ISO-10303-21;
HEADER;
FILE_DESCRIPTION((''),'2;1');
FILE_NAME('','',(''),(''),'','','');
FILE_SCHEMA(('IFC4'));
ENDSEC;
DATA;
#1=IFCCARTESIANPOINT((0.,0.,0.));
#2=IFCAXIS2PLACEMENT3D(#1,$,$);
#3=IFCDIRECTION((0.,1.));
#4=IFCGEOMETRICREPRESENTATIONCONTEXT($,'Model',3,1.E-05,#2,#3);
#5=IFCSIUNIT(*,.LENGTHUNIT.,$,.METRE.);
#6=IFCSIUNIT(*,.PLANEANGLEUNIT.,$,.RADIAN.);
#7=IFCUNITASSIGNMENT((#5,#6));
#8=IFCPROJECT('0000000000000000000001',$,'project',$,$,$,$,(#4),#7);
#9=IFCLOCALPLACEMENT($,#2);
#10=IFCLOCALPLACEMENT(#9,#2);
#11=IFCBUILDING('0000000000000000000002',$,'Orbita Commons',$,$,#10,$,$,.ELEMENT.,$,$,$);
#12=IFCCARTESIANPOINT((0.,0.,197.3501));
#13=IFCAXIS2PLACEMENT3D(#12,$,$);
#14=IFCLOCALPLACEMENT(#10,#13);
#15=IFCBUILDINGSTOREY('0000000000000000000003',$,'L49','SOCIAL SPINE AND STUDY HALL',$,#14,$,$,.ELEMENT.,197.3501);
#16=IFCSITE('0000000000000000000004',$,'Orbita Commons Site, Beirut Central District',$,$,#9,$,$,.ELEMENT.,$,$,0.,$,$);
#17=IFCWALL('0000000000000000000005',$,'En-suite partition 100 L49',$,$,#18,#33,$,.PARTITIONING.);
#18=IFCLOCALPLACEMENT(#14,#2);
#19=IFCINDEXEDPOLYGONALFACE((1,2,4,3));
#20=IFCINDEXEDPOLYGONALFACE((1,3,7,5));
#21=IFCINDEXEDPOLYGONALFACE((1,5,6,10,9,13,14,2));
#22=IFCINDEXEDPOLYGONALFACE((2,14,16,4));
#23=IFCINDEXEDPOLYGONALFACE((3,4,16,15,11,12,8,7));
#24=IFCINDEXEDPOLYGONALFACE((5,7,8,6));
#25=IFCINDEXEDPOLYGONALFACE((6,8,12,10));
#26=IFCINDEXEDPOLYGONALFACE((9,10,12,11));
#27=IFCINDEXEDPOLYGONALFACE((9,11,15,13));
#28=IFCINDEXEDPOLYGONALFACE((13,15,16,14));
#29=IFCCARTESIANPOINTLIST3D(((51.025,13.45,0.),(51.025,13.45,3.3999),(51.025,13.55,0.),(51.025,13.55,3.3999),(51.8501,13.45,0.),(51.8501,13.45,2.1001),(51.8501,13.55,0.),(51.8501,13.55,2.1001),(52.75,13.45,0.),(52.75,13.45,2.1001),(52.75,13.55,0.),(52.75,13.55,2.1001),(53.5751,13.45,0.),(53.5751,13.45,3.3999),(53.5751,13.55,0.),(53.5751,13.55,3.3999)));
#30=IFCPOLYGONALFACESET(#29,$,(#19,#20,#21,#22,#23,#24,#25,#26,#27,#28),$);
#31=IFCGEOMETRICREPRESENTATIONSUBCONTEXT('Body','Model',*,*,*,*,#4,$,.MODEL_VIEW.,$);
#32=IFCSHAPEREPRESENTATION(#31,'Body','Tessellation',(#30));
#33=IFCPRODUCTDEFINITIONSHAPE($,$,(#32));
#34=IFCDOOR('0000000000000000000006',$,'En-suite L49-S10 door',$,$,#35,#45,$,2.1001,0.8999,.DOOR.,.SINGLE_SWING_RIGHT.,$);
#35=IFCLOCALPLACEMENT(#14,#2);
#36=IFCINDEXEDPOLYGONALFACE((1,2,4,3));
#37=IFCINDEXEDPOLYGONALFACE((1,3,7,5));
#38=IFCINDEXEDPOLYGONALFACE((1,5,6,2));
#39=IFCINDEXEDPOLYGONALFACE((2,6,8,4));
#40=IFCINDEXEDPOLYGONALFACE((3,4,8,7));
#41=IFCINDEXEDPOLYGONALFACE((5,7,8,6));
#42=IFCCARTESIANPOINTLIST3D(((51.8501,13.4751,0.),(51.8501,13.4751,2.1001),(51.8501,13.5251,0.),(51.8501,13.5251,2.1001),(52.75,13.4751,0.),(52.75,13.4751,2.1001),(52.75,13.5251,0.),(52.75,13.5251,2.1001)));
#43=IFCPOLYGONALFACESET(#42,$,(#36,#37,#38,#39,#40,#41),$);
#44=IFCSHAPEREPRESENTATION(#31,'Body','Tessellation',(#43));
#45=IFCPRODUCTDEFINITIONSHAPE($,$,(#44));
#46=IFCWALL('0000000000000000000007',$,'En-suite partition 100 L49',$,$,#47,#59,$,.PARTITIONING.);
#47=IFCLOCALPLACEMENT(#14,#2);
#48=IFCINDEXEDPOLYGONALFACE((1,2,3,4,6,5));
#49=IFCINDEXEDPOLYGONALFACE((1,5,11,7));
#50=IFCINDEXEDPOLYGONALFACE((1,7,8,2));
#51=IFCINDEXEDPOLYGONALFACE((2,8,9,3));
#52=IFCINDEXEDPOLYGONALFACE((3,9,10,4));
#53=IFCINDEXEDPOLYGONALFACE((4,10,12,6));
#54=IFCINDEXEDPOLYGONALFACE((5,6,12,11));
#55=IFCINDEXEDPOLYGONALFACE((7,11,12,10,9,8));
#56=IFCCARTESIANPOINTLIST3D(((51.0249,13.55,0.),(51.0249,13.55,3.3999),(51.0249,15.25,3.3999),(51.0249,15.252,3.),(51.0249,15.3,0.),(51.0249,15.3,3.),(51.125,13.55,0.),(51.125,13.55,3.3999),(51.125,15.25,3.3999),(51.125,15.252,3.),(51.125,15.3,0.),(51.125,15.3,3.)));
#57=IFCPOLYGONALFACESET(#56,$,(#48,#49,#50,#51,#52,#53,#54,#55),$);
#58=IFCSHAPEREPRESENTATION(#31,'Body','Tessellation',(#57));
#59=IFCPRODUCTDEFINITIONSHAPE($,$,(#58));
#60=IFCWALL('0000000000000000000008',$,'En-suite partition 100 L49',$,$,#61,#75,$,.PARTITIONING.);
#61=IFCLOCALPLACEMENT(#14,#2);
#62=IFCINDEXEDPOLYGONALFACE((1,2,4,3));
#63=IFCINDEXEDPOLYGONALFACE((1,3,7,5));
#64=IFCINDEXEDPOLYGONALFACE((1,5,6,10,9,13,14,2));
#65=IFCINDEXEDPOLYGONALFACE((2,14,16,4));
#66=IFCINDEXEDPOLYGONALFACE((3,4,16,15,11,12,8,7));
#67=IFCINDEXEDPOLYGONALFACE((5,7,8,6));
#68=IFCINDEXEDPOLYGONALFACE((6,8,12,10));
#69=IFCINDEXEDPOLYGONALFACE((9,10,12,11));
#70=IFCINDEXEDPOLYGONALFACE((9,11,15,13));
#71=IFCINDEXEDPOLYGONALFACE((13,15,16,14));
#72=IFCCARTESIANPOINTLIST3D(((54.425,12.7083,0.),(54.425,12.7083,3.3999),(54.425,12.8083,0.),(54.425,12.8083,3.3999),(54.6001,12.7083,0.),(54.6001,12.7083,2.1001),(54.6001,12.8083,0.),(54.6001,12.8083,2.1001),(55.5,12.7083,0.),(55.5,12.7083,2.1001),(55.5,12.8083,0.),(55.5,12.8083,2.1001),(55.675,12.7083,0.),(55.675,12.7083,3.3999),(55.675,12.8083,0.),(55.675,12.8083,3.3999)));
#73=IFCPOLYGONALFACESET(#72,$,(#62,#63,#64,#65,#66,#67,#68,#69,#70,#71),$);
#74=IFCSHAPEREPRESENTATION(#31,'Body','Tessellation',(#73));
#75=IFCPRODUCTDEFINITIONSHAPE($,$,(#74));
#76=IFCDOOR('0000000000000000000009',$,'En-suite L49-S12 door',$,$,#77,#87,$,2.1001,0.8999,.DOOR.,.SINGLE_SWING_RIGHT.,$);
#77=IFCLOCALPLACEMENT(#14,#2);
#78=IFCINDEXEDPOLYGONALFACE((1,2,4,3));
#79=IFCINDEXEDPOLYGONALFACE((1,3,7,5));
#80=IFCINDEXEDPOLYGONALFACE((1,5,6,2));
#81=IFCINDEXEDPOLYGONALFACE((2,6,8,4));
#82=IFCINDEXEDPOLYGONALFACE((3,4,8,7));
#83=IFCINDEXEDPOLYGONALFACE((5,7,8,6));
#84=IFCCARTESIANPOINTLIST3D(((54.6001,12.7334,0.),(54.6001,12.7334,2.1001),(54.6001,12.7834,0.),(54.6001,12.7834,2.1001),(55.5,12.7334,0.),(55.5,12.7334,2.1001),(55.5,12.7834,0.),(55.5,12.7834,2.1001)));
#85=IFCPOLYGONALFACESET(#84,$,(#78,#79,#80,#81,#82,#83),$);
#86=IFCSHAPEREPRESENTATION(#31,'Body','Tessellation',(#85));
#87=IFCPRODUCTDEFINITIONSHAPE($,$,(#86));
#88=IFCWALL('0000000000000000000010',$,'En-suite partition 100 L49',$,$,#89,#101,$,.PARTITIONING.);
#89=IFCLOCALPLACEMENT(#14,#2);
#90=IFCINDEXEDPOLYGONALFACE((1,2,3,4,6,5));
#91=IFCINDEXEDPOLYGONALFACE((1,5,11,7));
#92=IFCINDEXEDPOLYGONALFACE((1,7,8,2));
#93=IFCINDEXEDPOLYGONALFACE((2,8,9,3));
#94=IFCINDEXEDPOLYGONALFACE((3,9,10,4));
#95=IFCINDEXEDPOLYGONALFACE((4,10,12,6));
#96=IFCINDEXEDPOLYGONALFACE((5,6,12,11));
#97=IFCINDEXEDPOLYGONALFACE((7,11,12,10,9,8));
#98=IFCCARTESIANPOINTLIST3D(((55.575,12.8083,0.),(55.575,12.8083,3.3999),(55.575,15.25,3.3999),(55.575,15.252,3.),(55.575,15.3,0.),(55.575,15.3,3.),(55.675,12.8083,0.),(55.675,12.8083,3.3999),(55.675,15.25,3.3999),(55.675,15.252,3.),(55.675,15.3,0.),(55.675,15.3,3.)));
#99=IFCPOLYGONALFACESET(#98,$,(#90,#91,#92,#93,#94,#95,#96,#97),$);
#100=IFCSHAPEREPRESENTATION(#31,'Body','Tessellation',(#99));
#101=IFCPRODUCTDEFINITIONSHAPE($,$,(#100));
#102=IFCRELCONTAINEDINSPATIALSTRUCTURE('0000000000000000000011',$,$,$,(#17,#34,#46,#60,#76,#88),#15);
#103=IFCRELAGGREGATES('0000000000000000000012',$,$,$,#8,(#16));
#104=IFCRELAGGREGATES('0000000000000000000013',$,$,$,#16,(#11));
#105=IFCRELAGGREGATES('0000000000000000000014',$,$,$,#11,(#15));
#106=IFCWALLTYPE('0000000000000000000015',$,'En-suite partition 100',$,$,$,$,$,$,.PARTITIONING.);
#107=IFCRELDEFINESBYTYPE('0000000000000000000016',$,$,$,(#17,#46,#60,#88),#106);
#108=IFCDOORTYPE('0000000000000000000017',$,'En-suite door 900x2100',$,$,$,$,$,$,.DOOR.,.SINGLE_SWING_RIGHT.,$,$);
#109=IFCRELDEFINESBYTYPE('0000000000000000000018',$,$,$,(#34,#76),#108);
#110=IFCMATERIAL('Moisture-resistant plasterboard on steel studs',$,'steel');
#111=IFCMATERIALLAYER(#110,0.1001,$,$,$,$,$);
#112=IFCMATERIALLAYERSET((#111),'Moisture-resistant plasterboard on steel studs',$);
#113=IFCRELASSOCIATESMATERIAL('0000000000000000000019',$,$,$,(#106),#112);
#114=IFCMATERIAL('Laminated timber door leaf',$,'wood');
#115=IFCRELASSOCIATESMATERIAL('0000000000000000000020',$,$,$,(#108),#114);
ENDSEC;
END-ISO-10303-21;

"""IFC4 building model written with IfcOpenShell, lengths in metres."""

from ifc_helpers import new_model, si_unit, direction, frame, frame_2d, origin, place, context, subcontext, project, spatial, polyline, rectangle, outline, extrude, material, layer, layer_set, type_object, element, fill, save


model = new_model("IFC4")

# Units and contexts
model_context = context("Model", 3, precision=1e-05, world=origin(), true_north=direction((0.0, 1.0)))
body_context = subcontext(model_context, "Body", "Model", "MODEL_VIEW")
ifc_project = project(units=[si_unit("LENGTHUNIT", "METRE"), si_unit("PLANEANGLEUNIT", "RADIAN")], contexts=[model_context])

# Site, building, storey
site_placement = place(None, origin())
site = spatial("IfcSite", under=ifc_project, at=site_placement, Name="Orbita Commons Site, Beirut Central District", CompositionType="ELEMENT", RefElevation=0.0)
building_placement = place(site_placement, origin())
building = spatial("IfcBuilding", under=site, at=building_placement, Name="Orbita Commons", CompositionType="ELEMENT")
storey_placement = place(building_placement, frame((0.0, 0.0, 197.3501)))
storey = spatial("IfcBuildingStorey", under=building, at=storey_placement, Name="L49", Description="SOCIAL SPINE AND STUDY HALL", CompositionType="ELEMENT", Elevation=197.3501)

# Wall, opening, door
ifc_material_1 = material(Name="Moisture-resistant plasterboard on steel studs", Category="steel")
ifc_layer_1 = layer(ifc_material_1, 0.1001)
ifc_layer_set_1 = layer_set([ifc_layer_1], Name="Moisture-resistant plasterboard on steel studs")
wall_type_1 = type_object("IfcWallType", Name="En-suite partition 100", PredefinedType="PARTITIONING", material=ifc_layer_set_1)
wall_1_placement = place(storey_placement, frame((53.575, 13.5, 0.0), z_axis=(0.0, 0.0, 1.0), x_axis=(-1.0, 0.0, 0.0)))
wall_1 = element("IfcWall", 1, at=wall_1_placement, inside=storey, type_object=wall_type_1, Name="En-suite partition 100 L49", PredefinedType="PARTITIONING", context=body_context, shape_type="SweptSolid", body=[
    extrude(rectangle(XDim=2.55, YDim=0.1001, at=frame_2d((1.2749, 0.0))), origin(), (0.0, 0.0, 1.0), 3.3999),
])
opening_1_placement = place(wall_1_placement, frame((0.825, 0.0, 0.0)))
opening_1 = element("IfcOpeningElement", 2, at=opening_1_placement, cuts=wall_1, PredefinedType="OPENING", context=body_context, shape_type="SweptSolid", body=[
    extrude(rectangle(XDim=0.8999, YDim=2.1001, at=frame_2d((0.45, 1.05))), frame((0.0, 0.0601, 0.0), z_axis=(0.0, -1.0, 0.0), x_axis=(1.0, 0.0, 0.0)), (0.0, 0.0, 1.0), 0.1201),
])
ifc_material_2 = material(Name="Laminated timber door leaf", Category="wood")
door_type_1 = type_object("IfcDoorType", Name="En-suite door 900x2100", OperationType="SINGLE_SWING_RIGHT", PredefinedType="DOOR", material=ifc_material_2)
door_1_placement = place(opening_1_placement, origin())
door_1 = element("IfcDoor", 3, at=door_1_placement, inside=storey, type_object=door_type_1, Name="En-suite L49-S10 door", OperationType="SINGLE_SWING_RIGHT", OverallHeight=2.1001, OverallWidth=0.8999, PredefinedType="DOOR", context=body_context, shape_type="SweptSolid", body=[
    extrude(rectangle(XDim=0.8999, YDim=2.1001, at=frame_2d((0.45, 1.05))), frame((0.0, 0.0249, 0.0), z_axis=(0.0, -1.0, 0.0), x_axis=(1.0, 0.0, 0.0)), (0.0, 0.0, 1.0), 0.05),
])
fill(opening_1, door_1)

# Wall
wall_2_placement = place(storey_placement, frame((51.075, 13.55, 0.0), z_axis=(0.0, 0.0, 1.0), x_axis=(0.0, 1.0, 0.0)))
element("IfcWall", 4, at=wall_2_placement, inside=storey, type_object=wall_type_1, Name="En-suite partition 100 L49", PredefinedType="PARTITIONING", context=body_context, shape_type="SweptSolid", body=[
    extrude(outline(polyline([(0.0, 0.0), (1.75, 0.0), (1.75, 3.0), (1.7019, 3.0), (1.7, 3.3999), (0.0, 3.3999), (0.0, 0.0)])), frame((0.0, 0.05, 0.0), z_axis=(0.0, -1.0, 0.0), x_axis=(1.0, 0.0, 0.0)), (0.0, 0.0, 1.0), 0.1001),
])

# Wall, opening, door
wall_3_placement = place(storey_placement, frame((55.675, 12.7583, 0.0), z_axis=(0.0, 0.0, 1.0), x_axis=(-1.0, 0.0, 0.0)))
wall_3 = element("IfcWall", 5, at=wall_3_placement, inside=storey, type_object=wall_type_1, Name="En-suite partition 100 L49", PredefinedType="PARTITIONING", context=body_context, shape_type="SweptSolid", body=[
    extrude(rectangle(XDim=1.25, YDim=0.1001, at=frame_2d((0.625, 0.0))), origin(), (0.0, 0.0, 1.0), 3.3999),
])
opening_2_placement = place(wall_3_placement, frame((0.175, 0.0, 0.0)))
opening_2 = element("IfcOpeningElement", 6, at=opening_2_placement, cuts=wall_3, PredefinedType="OPENING", context=body_context, shape_type="SweptSolid", body=[
    extrude(rectangle(XDim=0.8999, YDim=2.1001, at=frame_2d((0.45, 1.05))), frame((0.0, 0.0601, 0.0), z_axis=(0.0, -1.0, 0.0), x_axis=(1.0, 0.0, 0.0)), (0.0, 0.0, 1.0), 0.1201),
])
door_2_placement = place(opening_2_placement, origin())
door_2 = element("IfcDoor", 7, at=door_2_placement, inside=storey, type_object=door_type_1, Name="En-suite L49-S12 door", OperationType="SINGLE_SWING_RIGHT", OverallHeight=2.1001, OverallWidth=0.8999, PredefinedType="DOOR", context=body_context, shape_type="SweptSolid", body=[
    extrude(rectangle(XDim=0.8999, YDim=2.1001, at=frame_2d((0.45, 1.05))), frame((0.0, 0.0249, 0.0), z_axis=(0.0, -1.0, 0.0), x_axis=(1.0, 0.0, 0.0)), (0.0, 0.0, 1.0), 0.05),
])
fill(opening_2, door_2)

# Wall
wall_4_placement = place(storey_placement, frame((55.625, 12.8083, 0.0), z_axis=(0.0, 0.0, 1.0), x_axis=(0.0, 1.0, 0.0)))
element("IfcWall", 8, at=wall_4_placement, inside=storey, type_object=wall_type_1, Name="En-suite partition 100 L49", PredefinedType="PARTITIONING", context=body_context, shape_type="SweptSolid", body=[
    extrude(outline(polyline([(0.0, 0.0), (2.4917, 0.0), (2.4917, 3.0), (2.4436, 3.0), (2.4417, 3.3999), (0.0, 3.3999), (0.0, 0.0)])), frame((0.0, 0.05, 0.0), z_axis=(0.0, -1.0, 0.0), x_axis=(1.0, 0.0, 0.0)), (0.0, 0.0, 1.0), 0.1001),
])

save(model, "model.ifc")
